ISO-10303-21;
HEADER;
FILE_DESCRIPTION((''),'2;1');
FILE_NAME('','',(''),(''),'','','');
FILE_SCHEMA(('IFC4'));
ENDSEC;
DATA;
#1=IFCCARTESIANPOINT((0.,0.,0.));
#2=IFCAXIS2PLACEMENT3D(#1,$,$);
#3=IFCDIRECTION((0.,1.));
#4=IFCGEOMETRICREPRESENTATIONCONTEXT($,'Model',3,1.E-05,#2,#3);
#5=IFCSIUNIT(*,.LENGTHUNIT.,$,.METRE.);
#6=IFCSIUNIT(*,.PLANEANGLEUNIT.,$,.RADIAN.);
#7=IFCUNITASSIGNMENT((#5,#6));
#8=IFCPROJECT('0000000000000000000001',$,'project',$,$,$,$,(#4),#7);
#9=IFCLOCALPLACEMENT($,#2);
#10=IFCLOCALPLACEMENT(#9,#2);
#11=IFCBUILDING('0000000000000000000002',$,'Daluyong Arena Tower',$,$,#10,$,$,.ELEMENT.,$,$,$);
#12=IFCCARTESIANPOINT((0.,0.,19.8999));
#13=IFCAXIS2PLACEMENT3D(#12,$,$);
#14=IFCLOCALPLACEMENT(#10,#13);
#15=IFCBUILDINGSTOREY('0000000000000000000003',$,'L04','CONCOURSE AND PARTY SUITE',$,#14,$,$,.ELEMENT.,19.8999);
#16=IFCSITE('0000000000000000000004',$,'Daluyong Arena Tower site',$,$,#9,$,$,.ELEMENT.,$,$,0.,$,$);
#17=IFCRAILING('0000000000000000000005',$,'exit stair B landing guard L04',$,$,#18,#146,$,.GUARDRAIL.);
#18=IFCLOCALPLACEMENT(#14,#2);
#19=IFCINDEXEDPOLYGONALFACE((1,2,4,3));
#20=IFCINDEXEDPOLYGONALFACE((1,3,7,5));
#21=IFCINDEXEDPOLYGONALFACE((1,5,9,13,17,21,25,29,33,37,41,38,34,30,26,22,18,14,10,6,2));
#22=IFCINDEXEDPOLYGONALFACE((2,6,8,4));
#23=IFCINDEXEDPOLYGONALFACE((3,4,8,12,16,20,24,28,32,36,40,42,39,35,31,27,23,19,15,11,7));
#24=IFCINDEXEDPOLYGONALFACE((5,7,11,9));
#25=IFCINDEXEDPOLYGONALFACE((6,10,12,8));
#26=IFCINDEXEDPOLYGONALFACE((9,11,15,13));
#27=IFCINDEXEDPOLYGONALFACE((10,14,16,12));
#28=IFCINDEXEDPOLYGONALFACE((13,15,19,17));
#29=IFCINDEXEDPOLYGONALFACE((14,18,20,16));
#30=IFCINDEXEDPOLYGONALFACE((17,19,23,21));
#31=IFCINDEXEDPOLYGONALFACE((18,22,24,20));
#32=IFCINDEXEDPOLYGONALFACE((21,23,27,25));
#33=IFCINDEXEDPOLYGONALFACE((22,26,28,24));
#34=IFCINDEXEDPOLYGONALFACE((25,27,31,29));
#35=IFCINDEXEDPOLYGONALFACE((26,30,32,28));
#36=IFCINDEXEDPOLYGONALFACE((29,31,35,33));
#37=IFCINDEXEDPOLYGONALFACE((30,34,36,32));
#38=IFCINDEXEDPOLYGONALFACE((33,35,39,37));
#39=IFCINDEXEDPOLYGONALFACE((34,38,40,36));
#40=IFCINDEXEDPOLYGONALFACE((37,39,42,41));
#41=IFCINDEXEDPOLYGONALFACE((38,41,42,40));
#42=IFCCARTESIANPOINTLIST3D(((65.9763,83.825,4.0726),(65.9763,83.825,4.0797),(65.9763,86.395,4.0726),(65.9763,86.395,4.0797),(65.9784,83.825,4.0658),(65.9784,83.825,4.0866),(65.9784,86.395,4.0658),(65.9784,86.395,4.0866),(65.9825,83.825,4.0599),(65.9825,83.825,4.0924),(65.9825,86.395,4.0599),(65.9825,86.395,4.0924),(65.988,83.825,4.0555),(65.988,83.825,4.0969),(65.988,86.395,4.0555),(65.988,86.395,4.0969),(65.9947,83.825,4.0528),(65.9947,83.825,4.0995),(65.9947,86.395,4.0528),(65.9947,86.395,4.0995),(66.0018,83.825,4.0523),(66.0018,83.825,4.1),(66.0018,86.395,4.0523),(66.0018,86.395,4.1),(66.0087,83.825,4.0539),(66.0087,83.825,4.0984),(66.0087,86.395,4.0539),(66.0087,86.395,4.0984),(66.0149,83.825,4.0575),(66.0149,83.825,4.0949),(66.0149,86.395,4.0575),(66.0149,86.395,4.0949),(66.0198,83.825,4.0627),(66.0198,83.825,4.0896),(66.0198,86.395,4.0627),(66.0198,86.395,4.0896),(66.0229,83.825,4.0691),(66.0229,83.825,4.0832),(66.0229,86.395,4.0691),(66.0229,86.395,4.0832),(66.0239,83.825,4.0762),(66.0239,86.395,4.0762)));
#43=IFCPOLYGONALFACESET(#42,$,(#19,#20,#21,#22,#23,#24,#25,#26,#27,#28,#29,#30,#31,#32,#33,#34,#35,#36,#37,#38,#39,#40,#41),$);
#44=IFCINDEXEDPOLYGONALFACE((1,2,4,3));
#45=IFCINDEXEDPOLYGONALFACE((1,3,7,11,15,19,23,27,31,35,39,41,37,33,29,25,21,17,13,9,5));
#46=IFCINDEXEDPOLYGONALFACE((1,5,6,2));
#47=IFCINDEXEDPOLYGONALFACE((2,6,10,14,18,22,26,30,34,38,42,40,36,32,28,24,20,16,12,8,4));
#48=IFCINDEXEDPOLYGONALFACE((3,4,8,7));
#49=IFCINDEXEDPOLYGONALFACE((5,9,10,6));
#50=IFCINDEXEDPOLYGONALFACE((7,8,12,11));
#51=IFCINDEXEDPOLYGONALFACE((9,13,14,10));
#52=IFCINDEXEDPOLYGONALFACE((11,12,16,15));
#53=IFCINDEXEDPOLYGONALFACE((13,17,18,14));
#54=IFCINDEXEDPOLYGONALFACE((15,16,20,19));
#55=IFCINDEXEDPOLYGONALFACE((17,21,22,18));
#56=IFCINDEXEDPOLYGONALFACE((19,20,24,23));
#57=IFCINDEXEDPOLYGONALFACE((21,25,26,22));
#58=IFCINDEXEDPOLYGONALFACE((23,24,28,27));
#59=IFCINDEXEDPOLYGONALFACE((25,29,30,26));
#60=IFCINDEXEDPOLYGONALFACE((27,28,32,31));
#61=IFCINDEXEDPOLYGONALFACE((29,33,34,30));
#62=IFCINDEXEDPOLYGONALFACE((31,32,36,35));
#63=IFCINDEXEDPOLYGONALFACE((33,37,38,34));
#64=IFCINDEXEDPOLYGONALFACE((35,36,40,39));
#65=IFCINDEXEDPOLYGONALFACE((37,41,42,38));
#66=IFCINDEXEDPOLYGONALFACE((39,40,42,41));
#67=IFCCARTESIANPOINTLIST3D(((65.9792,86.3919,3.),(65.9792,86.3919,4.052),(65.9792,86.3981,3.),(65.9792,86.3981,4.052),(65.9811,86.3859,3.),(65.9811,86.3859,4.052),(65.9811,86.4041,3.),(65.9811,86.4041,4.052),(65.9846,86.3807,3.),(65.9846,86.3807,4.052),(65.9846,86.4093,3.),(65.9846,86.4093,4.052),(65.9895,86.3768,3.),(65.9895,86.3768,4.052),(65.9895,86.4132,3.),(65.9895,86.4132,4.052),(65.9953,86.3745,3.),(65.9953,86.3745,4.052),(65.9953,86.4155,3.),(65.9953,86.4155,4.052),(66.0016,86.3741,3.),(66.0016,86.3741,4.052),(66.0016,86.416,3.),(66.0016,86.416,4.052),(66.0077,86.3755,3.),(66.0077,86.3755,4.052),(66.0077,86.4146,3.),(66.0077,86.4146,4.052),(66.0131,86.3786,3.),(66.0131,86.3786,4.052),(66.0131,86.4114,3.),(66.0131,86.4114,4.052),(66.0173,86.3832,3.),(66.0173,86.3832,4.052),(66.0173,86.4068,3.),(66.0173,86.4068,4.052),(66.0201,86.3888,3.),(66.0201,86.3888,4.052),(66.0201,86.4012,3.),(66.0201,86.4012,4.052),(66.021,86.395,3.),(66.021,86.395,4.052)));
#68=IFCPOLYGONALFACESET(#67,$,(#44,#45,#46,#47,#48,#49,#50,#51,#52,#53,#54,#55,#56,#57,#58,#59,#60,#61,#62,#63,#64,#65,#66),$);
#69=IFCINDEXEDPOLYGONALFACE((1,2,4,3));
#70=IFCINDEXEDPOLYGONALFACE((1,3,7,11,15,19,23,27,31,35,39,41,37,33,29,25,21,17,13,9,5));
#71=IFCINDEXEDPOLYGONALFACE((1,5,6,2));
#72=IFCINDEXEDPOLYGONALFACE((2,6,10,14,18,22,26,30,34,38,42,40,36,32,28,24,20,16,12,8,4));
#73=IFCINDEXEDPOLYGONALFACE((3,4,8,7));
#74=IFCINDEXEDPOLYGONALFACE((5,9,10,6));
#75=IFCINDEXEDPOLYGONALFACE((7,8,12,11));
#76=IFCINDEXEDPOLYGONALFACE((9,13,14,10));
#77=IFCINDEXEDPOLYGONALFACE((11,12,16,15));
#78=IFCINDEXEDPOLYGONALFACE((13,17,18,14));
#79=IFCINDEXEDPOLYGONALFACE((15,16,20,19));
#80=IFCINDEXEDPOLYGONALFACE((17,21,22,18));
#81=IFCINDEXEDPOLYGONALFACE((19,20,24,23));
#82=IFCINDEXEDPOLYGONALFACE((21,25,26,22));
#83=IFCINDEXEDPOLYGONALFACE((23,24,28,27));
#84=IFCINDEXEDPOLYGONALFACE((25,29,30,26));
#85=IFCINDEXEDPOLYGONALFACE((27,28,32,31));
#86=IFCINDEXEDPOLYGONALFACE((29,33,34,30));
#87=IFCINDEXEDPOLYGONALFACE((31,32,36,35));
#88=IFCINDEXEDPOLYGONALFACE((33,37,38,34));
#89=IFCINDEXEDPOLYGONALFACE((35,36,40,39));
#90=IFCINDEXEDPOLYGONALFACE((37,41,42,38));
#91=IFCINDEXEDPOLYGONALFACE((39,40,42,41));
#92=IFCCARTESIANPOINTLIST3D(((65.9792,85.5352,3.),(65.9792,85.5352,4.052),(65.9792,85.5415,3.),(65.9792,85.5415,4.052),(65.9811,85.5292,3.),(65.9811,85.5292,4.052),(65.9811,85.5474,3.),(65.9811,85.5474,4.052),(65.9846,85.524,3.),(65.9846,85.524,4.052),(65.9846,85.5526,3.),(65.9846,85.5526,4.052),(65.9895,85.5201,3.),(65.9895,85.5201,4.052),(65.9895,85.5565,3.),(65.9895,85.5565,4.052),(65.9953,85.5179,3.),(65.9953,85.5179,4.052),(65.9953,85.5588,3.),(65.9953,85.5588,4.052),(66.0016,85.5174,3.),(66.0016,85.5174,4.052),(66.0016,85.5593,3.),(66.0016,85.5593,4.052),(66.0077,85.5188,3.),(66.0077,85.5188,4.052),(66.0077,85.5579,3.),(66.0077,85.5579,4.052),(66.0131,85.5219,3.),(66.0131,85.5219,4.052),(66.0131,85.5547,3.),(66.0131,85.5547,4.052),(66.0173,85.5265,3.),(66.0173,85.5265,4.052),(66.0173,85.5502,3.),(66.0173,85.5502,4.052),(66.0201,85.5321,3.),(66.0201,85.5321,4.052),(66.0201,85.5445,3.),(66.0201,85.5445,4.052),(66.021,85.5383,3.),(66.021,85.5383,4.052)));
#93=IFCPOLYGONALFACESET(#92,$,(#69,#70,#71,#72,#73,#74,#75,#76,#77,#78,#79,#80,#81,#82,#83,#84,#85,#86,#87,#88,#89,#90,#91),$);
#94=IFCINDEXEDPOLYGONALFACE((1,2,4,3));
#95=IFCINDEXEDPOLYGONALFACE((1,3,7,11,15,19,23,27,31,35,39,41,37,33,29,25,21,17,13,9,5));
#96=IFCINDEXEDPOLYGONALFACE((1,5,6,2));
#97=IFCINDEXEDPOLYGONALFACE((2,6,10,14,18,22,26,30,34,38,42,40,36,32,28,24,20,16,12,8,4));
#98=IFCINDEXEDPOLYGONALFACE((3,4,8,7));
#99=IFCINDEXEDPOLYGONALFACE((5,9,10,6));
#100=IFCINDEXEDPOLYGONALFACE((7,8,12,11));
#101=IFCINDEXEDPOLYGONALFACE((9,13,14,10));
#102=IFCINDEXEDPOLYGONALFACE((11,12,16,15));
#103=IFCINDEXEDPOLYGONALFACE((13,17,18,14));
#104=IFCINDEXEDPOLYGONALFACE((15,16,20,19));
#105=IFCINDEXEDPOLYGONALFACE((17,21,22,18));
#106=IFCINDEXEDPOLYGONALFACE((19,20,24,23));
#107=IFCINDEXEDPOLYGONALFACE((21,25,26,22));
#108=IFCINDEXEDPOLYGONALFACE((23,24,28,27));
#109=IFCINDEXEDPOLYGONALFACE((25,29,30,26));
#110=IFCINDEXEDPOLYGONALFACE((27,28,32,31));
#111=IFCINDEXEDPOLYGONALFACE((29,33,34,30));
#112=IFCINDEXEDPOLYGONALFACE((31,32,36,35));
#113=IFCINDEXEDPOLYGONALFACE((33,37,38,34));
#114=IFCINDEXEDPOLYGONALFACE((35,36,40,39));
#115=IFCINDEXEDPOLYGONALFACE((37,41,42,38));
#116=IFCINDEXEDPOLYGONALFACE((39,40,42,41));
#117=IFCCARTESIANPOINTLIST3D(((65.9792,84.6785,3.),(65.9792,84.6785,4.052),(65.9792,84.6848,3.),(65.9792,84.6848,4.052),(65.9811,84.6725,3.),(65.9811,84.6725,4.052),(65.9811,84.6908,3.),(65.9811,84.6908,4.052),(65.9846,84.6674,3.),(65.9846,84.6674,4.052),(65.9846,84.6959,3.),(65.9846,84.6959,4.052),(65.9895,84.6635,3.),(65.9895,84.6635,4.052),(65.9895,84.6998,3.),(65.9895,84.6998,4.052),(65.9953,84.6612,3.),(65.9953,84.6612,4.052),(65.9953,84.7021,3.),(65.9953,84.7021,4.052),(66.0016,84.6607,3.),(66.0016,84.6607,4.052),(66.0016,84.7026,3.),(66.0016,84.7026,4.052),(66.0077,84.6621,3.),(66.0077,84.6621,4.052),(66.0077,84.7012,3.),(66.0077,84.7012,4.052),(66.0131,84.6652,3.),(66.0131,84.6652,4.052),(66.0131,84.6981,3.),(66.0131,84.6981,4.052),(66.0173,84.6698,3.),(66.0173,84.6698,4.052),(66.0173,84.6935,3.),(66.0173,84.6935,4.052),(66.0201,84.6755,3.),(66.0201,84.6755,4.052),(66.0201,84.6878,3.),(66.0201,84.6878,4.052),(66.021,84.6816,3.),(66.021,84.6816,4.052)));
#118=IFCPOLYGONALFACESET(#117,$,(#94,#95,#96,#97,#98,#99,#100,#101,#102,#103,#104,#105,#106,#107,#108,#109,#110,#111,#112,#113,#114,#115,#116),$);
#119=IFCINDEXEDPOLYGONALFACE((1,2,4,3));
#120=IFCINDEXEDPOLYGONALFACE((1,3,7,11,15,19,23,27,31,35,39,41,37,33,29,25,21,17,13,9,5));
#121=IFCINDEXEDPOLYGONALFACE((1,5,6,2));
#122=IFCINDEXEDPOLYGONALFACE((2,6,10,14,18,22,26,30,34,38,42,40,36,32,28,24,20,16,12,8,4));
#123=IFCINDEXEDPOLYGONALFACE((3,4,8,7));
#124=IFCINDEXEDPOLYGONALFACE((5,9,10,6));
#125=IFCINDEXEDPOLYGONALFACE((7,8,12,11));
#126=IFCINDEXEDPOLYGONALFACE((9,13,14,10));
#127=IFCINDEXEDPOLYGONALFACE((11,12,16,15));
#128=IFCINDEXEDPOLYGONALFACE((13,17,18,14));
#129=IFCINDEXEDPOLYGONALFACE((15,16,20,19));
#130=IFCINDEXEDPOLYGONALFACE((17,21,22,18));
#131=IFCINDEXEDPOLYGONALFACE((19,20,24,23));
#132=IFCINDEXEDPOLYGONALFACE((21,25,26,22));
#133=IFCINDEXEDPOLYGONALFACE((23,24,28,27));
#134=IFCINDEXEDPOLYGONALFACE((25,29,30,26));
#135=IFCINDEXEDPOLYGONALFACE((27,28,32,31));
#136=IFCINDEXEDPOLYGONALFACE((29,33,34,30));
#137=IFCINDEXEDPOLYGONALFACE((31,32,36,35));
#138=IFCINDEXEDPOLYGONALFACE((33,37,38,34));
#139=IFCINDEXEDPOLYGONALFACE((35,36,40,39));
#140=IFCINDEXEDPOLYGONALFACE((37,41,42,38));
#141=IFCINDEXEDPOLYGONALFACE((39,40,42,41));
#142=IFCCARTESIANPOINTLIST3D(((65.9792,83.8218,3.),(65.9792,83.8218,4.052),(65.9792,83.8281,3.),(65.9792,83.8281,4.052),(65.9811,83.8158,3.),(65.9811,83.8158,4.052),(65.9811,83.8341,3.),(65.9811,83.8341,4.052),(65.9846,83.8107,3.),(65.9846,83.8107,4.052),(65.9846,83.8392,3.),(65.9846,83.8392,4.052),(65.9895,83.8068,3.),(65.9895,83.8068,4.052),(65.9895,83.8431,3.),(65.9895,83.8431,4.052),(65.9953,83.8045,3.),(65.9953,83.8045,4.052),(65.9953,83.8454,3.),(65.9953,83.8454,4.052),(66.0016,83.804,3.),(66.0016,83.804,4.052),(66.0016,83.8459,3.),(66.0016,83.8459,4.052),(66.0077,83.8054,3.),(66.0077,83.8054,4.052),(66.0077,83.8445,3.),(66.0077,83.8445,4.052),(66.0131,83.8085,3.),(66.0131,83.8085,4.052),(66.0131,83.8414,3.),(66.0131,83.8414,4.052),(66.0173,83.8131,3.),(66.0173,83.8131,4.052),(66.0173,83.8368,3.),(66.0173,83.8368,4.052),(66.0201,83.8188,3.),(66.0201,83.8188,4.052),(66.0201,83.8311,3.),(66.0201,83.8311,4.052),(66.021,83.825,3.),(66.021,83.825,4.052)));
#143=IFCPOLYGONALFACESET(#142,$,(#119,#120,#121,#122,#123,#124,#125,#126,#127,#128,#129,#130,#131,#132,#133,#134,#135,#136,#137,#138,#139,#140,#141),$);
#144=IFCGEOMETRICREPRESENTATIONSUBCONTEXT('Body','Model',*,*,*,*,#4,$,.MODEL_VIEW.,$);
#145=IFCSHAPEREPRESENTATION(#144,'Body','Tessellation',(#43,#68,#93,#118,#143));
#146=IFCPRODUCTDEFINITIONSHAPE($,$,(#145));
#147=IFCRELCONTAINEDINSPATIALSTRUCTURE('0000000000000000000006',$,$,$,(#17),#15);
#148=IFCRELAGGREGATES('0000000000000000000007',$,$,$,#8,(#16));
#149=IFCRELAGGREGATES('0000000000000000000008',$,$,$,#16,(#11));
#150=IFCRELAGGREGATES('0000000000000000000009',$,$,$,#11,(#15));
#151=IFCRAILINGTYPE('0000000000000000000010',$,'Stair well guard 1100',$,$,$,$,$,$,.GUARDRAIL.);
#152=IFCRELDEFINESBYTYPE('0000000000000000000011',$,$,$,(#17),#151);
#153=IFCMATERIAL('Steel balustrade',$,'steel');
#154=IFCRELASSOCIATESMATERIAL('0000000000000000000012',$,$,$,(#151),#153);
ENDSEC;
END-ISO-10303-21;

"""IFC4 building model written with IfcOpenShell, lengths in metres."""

from ifc_helpers import new_model, si_unit, direction, frame, origin, origin_2d, place, context, subcontext, project, spatial, circle, extrude, material, type_object, element, save


model = new_model("IFC4")

# Units and contexts
model_context = context("Model", 3, precision=1e-05, world=origin(), true_north=direction((0.0, 1.0)))
body_context = subcontext(model_context, "Body", "Model", "MODEL_VIEW")
ifc_project = project(units=[si_unit("LENGTHUNIT", "METRE"), si_unit("PLANEANGLEUNIT", "RADIAN")], contexts=[model_context])

# Site, building, storey
site_placement = place(None, origin())
site = spatial("IfcSite", under=ifc_project, at=site_placement, Name="Daluyong Arena Tower site", CompositionType="ELEMENT", RefElevation=0.0)
building_placement = place(site_placement, origin())
building = spatial("IfcBuilding", under=site, at=building_placement, Name="Daluyong Arena Tower", CompositionType="ELEMENT")
storey_placement = place(building_placement, frame((0.0, 0.0, 19.8999)))
storey = spatial("IfcBuildingStorey", under=building, at=storey_placement, Name="L04", Description="CONCOURSE AND PARTY SUITE", CompositionType="ELEMENT", Elevation=19.8999)

# Railing
ifc_material_1 = material(Name="Steel balustrade", Category="steel")
railing_type_1 = type_object("IfcRailingType", Name="Stair well guard 1100", PredefinedType="GUARDRAIL", material=ifc_material_1)
railing_1_placement = place(storey_placement, frame((66.0, 86.395, 3.0)))
element("IfcRailing", 1, at=railing_1_placement, inside=storey, type_object=railing_type_1, Name="exit stair B landing guard L04", PredefinedType="GUARDRAIL", context=body_context, shape_type="SweptSolid", body=[
    extrude(circle(Radius=0.0239, at=origin_2d()), frame((0.0, 0.0, 1.0762), z_axis=(0.0, -1.0, 0.0), x_axis=(1.0, 0.0, 0.0)), (0.0, 0.0, 1.0), 2.5701),
    extrude(circle(Radius=0.021, at=origin_2d()), origin(), (0.0, 0.0, 1.0), 1.052),
    extrude(circle(Radius=0.021, at=origin_2d()), frame((0.0, -0.8567, 0.0)), (0.0, 0.0, 1.0), 1.052),
    extrude(circle(Radius=0.021, at=origin_2d()), frame((0.0, -1.7134, 0.0)), (0.0, 0.0, 1.0), 1.052),
    extrude(circle(Radius=0.021, at=origin_2d()), frame((0.0, -2.5701, 0.0)), (0.0, 0.0, 1.0), 1.052),
])

save(model, "model.ifc")
